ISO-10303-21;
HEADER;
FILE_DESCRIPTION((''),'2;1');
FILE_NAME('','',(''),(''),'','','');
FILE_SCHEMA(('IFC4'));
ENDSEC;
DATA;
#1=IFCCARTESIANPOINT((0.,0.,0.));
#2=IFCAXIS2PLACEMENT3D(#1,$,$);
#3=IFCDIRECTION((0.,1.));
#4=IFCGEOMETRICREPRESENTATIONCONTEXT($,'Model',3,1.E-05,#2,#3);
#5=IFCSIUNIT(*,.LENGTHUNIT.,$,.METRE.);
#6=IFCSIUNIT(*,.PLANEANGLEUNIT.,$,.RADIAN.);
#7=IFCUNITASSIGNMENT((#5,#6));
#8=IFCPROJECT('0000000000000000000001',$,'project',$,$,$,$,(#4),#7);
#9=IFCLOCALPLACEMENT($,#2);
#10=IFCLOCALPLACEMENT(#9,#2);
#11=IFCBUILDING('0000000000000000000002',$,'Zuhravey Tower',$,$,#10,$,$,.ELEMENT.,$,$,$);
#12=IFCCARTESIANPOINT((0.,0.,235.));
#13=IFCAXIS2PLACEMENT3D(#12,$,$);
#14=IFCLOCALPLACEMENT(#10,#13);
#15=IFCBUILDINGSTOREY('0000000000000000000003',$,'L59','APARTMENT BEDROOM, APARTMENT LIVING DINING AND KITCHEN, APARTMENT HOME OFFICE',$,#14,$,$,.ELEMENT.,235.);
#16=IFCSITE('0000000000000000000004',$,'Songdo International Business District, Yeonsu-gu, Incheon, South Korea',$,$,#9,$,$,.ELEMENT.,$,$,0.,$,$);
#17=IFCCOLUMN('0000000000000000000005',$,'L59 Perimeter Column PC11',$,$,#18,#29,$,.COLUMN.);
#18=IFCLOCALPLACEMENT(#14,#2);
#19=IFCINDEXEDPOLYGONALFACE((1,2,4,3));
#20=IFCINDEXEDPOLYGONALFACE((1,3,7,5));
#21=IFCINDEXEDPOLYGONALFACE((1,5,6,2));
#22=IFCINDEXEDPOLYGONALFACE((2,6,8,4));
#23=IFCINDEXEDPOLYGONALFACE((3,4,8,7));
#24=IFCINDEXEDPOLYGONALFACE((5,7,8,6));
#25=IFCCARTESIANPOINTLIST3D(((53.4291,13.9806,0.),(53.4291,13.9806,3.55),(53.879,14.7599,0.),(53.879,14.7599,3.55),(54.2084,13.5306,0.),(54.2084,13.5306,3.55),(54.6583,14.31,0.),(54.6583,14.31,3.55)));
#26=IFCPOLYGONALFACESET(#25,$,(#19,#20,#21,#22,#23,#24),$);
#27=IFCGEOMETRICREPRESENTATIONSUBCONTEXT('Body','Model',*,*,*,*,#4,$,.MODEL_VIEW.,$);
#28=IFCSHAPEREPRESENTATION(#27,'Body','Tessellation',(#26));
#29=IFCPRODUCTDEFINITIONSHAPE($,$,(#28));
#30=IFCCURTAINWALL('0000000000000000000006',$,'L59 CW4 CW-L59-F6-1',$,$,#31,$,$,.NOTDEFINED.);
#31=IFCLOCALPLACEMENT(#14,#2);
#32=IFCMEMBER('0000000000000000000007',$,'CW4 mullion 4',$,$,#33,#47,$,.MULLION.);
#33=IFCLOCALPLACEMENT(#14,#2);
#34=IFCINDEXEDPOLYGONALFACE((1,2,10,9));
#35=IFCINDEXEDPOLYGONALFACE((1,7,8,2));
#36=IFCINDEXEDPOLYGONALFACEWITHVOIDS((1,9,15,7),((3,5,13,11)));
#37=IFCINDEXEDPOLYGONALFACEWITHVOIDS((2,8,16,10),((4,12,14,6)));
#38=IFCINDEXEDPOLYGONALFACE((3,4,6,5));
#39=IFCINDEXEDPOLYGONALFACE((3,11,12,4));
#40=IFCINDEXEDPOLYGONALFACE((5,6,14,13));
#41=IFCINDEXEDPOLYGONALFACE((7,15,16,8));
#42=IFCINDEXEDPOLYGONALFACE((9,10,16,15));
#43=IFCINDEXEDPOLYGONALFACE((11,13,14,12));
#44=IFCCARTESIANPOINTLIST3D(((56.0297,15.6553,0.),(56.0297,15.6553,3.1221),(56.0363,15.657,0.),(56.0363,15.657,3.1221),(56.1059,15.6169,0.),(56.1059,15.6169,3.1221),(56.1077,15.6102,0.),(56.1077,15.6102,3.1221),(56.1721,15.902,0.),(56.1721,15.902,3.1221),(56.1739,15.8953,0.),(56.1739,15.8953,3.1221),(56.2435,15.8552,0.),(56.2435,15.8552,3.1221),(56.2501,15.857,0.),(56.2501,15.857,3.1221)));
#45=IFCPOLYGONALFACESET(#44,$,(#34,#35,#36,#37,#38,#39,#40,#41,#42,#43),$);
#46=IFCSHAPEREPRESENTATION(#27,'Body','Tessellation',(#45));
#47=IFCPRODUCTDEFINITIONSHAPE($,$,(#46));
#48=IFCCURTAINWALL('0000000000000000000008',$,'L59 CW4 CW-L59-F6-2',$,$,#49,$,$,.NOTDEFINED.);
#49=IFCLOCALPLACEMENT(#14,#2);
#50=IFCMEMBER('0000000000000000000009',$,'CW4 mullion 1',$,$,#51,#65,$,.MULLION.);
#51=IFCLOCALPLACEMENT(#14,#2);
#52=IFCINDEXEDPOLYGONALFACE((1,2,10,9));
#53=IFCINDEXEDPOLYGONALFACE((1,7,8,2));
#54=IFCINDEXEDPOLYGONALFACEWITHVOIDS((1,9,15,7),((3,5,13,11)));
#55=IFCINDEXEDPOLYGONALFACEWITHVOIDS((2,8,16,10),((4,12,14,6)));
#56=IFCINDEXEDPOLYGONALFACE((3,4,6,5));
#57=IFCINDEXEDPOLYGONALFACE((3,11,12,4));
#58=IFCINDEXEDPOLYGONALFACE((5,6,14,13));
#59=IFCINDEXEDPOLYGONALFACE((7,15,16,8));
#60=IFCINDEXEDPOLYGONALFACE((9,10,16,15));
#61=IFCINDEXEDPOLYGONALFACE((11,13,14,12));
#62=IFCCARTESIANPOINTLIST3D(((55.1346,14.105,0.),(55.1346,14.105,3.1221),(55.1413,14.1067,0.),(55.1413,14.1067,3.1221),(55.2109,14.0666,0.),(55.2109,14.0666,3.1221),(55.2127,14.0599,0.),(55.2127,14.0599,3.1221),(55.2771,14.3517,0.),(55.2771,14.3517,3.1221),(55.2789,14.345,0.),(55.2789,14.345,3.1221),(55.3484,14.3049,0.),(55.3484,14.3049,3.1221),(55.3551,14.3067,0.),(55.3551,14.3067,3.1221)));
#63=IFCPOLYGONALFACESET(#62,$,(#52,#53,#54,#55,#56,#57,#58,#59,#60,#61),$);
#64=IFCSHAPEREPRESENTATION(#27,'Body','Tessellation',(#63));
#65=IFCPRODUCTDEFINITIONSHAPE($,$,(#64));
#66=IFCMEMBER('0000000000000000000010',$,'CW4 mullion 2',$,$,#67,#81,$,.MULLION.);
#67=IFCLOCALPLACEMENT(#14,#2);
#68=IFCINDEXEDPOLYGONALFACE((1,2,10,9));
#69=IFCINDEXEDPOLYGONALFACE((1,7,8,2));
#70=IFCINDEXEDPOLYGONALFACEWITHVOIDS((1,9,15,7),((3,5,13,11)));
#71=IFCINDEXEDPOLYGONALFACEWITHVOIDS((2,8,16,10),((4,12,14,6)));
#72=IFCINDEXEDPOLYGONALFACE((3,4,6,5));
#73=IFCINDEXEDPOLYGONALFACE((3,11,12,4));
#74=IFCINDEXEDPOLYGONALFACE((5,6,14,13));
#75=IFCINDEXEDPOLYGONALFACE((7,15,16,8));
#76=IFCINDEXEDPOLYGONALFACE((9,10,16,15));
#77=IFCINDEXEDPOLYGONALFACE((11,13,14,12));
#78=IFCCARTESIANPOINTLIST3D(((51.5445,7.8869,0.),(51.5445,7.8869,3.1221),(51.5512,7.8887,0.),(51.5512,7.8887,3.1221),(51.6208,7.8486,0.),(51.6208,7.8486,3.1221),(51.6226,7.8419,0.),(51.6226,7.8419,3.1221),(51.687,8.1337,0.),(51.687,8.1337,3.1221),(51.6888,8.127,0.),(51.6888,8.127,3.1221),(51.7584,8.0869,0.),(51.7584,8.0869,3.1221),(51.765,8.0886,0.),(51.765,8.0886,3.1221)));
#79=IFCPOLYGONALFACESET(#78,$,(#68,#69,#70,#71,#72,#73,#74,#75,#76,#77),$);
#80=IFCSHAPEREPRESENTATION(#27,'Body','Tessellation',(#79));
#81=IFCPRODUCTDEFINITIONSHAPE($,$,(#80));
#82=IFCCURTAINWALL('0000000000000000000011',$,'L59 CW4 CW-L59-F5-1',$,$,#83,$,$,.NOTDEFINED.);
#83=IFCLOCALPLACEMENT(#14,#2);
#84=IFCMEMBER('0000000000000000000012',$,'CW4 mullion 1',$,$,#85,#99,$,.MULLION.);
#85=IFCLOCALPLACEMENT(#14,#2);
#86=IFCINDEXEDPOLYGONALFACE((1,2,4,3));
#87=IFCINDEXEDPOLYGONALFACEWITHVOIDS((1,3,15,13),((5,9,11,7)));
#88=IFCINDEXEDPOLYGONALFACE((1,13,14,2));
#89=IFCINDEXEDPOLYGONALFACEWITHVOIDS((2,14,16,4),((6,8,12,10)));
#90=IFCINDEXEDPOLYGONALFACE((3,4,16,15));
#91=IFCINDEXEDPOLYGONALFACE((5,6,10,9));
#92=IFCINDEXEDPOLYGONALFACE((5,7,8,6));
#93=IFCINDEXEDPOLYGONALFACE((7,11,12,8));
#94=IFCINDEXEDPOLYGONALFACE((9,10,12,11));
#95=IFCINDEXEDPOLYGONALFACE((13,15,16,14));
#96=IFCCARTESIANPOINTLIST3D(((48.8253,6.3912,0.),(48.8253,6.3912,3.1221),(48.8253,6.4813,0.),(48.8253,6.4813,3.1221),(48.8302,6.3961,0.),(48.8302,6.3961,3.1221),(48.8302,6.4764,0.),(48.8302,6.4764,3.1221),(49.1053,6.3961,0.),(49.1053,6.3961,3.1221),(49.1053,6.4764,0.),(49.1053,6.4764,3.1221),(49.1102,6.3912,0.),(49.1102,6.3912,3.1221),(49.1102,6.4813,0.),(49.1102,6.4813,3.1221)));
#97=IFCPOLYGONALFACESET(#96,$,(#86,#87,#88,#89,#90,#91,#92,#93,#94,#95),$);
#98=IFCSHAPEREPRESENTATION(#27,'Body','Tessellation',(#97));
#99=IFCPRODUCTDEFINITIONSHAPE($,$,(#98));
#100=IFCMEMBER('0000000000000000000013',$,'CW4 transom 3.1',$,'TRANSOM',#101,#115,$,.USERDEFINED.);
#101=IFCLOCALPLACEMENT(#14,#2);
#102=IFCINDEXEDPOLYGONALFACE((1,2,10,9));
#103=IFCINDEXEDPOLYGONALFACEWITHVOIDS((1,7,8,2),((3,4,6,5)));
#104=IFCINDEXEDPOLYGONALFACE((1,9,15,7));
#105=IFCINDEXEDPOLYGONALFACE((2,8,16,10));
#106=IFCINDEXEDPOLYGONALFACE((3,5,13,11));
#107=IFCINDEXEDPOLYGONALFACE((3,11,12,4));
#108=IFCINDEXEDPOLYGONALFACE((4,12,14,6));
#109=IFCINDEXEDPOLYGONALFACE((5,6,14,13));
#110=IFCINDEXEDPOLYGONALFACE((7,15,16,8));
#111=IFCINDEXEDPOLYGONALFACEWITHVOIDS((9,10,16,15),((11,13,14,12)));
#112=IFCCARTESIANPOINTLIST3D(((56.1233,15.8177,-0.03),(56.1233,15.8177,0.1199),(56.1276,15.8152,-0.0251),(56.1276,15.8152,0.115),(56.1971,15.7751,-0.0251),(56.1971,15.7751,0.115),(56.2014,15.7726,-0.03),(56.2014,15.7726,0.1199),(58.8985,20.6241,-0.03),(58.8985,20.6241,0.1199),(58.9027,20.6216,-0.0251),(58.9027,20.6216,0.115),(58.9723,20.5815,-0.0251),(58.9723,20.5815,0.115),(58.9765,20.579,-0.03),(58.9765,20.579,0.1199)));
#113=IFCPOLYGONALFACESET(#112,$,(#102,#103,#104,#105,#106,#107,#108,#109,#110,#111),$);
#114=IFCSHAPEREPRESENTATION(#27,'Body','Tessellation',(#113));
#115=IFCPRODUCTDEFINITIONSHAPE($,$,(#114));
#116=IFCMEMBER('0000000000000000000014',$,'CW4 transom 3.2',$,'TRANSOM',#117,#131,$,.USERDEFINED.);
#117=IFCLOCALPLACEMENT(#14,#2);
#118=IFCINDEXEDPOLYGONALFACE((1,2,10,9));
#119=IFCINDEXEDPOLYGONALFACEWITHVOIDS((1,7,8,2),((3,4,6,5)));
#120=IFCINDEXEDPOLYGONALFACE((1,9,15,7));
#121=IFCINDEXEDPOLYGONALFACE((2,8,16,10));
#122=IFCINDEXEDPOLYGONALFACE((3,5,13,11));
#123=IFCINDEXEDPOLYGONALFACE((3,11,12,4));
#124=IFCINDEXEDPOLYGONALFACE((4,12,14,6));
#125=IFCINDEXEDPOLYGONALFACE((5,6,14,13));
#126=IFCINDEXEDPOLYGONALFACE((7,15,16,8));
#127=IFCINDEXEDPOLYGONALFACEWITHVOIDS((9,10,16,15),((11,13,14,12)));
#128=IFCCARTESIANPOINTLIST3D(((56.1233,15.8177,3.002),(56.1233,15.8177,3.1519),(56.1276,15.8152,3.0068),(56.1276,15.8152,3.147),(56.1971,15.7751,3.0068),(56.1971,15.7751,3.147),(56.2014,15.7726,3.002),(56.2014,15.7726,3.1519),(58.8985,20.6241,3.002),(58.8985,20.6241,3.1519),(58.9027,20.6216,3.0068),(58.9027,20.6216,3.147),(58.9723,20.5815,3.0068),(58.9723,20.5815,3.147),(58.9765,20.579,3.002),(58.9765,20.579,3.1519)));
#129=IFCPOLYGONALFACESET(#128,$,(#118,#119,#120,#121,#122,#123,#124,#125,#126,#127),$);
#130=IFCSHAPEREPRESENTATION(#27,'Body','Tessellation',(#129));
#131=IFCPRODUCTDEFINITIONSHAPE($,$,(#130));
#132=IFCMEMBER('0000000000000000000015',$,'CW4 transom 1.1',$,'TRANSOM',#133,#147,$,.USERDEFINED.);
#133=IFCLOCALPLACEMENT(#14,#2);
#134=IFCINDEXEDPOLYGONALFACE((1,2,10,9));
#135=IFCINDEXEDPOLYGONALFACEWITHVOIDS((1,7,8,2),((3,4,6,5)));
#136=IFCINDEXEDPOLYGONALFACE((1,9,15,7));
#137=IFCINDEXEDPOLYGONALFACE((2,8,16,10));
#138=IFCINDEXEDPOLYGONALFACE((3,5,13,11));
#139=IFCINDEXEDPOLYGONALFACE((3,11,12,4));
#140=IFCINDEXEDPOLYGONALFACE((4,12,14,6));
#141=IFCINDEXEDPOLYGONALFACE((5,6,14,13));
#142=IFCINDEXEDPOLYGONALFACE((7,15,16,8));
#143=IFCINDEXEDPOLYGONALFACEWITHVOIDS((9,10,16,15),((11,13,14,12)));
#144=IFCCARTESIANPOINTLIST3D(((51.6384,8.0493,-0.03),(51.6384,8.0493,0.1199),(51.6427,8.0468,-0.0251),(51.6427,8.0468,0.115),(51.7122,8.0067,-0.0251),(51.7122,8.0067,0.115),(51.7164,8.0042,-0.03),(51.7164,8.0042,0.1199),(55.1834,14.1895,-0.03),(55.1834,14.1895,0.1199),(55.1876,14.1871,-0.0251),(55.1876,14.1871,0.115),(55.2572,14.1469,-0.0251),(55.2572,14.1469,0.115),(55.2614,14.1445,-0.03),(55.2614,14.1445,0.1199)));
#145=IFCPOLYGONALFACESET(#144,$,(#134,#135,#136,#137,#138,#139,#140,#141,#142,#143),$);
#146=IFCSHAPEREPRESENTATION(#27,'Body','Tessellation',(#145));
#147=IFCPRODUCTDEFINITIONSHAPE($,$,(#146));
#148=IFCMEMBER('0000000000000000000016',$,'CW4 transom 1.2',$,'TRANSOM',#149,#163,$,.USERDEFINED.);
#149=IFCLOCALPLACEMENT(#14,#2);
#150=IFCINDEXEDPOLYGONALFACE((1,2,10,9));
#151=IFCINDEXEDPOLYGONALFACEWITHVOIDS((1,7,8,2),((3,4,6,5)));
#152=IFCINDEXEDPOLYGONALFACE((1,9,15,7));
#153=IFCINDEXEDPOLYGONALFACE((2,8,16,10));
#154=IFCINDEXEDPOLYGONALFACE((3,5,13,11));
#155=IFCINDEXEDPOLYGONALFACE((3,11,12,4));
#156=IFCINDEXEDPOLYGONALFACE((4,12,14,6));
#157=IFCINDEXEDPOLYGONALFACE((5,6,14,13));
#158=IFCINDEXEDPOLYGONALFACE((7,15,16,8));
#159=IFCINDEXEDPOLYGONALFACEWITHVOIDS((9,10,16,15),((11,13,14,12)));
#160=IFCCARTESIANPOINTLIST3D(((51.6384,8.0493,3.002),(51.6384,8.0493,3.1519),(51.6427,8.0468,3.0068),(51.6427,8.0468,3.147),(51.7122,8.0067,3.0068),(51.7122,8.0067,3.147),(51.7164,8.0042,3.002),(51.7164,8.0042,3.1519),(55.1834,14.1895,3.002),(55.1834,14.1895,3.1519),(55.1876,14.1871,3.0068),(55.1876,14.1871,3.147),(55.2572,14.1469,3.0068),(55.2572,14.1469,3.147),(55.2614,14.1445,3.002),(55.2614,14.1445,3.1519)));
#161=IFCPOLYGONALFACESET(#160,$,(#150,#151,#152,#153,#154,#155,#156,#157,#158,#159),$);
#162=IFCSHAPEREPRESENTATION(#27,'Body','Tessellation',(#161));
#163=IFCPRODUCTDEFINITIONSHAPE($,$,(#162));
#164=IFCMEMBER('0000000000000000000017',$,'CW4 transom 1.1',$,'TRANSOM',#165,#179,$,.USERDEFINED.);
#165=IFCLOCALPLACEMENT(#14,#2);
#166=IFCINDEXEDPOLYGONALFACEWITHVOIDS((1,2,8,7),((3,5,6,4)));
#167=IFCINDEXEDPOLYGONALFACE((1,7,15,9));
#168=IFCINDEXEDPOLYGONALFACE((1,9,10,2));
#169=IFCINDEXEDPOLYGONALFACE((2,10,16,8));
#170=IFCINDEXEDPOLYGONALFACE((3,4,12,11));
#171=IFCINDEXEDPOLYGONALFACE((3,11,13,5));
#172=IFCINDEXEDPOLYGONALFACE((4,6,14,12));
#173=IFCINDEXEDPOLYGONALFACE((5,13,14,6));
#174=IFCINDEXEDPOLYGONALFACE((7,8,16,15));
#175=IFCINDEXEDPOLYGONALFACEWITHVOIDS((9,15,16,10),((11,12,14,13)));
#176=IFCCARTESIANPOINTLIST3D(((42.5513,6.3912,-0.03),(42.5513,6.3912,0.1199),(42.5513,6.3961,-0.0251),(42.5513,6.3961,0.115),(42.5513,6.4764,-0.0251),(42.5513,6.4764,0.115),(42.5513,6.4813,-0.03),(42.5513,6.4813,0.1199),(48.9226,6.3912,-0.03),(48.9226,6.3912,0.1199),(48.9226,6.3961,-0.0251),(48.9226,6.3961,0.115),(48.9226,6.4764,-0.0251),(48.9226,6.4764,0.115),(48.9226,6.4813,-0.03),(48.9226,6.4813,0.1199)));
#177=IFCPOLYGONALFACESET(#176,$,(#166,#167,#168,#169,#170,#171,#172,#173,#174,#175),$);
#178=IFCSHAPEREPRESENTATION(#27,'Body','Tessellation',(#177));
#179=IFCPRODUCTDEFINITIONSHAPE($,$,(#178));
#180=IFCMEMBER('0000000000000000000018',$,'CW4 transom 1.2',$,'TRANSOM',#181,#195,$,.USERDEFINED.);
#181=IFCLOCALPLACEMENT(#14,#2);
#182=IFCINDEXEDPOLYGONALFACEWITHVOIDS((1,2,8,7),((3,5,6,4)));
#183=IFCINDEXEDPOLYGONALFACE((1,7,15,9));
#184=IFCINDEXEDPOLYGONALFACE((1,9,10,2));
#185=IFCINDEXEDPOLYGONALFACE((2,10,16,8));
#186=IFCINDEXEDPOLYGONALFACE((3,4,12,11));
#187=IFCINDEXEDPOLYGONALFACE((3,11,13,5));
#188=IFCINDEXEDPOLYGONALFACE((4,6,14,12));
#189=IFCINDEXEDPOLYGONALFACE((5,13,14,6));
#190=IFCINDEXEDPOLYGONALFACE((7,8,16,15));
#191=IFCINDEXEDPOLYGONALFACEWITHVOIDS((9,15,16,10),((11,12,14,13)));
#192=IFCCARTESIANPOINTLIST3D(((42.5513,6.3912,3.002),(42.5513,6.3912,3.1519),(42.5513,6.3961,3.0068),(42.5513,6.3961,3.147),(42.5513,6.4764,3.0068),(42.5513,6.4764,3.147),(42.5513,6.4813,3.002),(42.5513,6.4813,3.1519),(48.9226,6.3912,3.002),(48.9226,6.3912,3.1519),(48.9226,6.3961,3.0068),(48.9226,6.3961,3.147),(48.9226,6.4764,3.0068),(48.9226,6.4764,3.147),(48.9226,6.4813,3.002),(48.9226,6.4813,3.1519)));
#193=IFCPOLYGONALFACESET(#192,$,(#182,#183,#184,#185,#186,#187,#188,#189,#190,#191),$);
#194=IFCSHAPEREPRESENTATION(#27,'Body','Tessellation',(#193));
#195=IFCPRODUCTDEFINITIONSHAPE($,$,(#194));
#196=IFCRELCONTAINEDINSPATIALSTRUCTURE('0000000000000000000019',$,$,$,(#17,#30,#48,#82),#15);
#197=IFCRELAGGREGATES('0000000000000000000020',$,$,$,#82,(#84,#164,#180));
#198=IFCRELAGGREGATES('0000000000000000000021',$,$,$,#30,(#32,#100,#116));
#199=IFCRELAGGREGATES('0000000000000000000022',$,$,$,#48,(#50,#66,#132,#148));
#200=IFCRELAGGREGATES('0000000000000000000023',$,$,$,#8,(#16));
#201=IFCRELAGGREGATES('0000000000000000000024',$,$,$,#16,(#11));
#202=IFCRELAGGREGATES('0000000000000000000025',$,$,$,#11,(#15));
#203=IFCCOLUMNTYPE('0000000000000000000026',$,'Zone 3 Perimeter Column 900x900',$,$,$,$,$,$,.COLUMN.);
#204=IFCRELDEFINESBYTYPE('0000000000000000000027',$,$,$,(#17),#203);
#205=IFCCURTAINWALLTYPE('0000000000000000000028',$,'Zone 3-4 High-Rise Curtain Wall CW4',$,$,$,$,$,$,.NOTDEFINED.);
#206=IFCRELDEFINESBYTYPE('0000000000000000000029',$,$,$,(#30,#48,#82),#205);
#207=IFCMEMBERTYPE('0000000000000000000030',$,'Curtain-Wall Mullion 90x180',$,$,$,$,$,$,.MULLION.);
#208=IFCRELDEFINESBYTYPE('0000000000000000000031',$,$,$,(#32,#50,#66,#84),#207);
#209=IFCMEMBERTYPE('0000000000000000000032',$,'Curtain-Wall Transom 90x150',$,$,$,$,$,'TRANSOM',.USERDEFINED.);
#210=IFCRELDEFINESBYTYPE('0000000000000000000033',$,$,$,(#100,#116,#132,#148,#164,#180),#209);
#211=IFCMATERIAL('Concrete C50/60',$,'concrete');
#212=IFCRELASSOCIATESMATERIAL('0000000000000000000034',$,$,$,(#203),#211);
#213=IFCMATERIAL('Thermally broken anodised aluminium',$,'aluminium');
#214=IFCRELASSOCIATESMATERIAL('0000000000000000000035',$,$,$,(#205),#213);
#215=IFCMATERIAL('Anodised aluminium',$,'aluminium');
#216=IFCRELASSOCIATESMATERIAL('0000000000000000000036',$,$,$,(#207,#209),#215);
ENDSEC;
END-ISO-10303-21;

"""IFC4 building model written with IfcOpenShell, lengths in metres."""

from ifc_helpers import new_model, si_unit, direction, frame, origin, origin_2d, place, context, subcontext, project, spatial, rectangle, hollow_rectangle, extrude, material, material_profile, profile_set, type_object, element, aggregate, save


model = new_model("IFC4")

# Units and contexts
model_context = context("Model", 3, precision=1e-05, world=origin(), true_north=direction((0.0, 1.0)))
body_context = subcontext(model_context, "Body", "Model", "MODEL_VIEW")
ifc_project = project(units=[si_unit("LENGTHUNIT", "METRE"), si_unit("PLANEANGLEUNIT", "RADIAN")], contexts=[model_context])

# Site, building, storey
site_placement = place(None, origin())
site = spatial("IfcSite", under=ifc_project, at=site_placement, Name="Songdo International Business District, Yeonsu-gu, Incheon, South Korea", CompositionType="ELEMENT", RefElevation=0.0)
building_placement = place(site_placement, origin())
building = spatial("IfcBuilding", under=site, at=building_placement, Name="Zuhravey Tower", CompositionType="ELEMENT")
storey_placement = place(building_placement, frame((0.0, 0.0, 235.0)))
storey = spatial("IfcBuildingStorey", under=building, at=storey_placement, Name="L59", Description="APARTMENT BEDROOM, APARTMENT LIVING DINING AND KITCHEN, APARTMENT HOME OFFICE", CompositionType="ELEMENT", Elevation=235.0)

# Column
ifc_material_1 = material(Name="Concrete C50/60", Category="concrete")
ifc_material_profile_1 = material_profile(ifc_material_1, rectangle(XDim=0.8999, YDim=0.8999, at=origin_2d()), Name="RC-900x900")
ifc_profile_set_1 = profile_set([ifc_material_profile_1], Name="Concrete C50/60")
column_type = type_object("IfcColumnType", Name="Zone 3 Perimeter Column 900x900", PredefinedType="COLUMN", material=ifc_profile_set_1)
column_placement = place(storey_placement, frame((54.0437, 14.1453, 0.0), z_axis=(0.0, 0.0, 1.0), x_axis=(0.5, 0.866025, 0.0)))
element("IfcColumn", 1, at=column_placement, inside=storey, type_object=column_type, Name="L59 Perimeter Column PC11", PredefinedType="COLUMN", context=body_context, shape_type="SweptSolid", body=[
    extrude(rectangle(XDim=0.8999, YDim=0.8999, at=origin_2d()), origin(), (0.0, 0.0, 1.0), 3.55),
])

# Curtain wall, member
ifc_material_2 = material(Name="Thermally broken anodised aluminium", Category="aluminium")
curtain_wall_type = type_object("IfcCurtainWallType", Name="Zone 3-4 High-Rise Curtain Wall CW4", PredefinedType="NOTDEFINED", material=ifc_material_2)
curtain_wall_1_placement = place(storey_placement, origin())
curtain_wall_1 = element("IfcCurtainWall", 2, at=curtain_wall_1_placement, inside=storey, type_object=curtain_wall_type, Name="L59 CW4 CW-L59-F6-1", PredefinedType="NOTDEFINED")
ifc_material_3 = material(Name="Anodised aluminium", Category="aluminium")
ifc_material_profile_2 = material_profile(ifc_material_3, hollow_rectangle(XDim=0.0901, YDim=0.2849, WallThickness=0.0049, at=origin_2d()), Name="ALU-RHS-90x285x5")
ifc_profile_set_2 = profile_set([ifc_material_profile_2], Name="Anodised aluminium")
member_type_1 = type_object("IfcMemberType", Name="Curtain-Wall Mullion 90x180", PredefinedType="MULLION", material=ifc_profile_set_2)
member_1_placement = place(storey_placement, frame((56.1399, 15.7561, 0.0), z_axis=(0.0, 0.0, 1.0), x_axis=(0.866024, -0.500003, 0.0)))
member_1 = element("IfcMember", 3, at=member_1_placement, type_object=member_type_1, Name="CW4 mullion 4", PredefinedType="MULLION", context=body_context, shape_type="SweptSolid", body=[
    extrude(hollow_rectangle(XDim=0.0901, YDim=0.2849, WallThickness=0.0049, at=origin_2d()), origin(), (0.0, 0.0, 1.0), 3.1221),
])

# Curtain wall, members
curtain_wall_2_placement = place(storey_placement, origin())
curtain_wall_2 = element("IfcCurtainWall", 4, at=curtain_wall_2_placement, inside=storey, type_object=curtain_wall_type, Name="L59 CW4 CW-L59-F6-2", PredefinedType="NOTDEFINED")
member_2_placement = place(storey_placement, frame((55.2449, 14.2058, 0.0), z_axis=(0.0, 0.0, 1.0), x_axis=(0.866025, -0.5, 0.0)))
member_2 = element("IfcMember", 5, at=member_2_placement, type_object=member_type_1, Name="CW4 mullion 1", PredefinedType="MULLION", context=body_context, shape_type="SweptSolid", body=[
    extrude(hollow_rectangle(XDim=0.0901, YDim=0.2849, WallThickness=0.0049, at=origin_2d()), origin(), (0.0, 0.0, 1.0), 3.1221),
])
member_3_placement = place(storey_placement, frame((51.6548, 7.9878, 0.0), z_axis=(0.0, 0.0, 1.0), x_axis=(0.866025, -0.5, 0.0)))
member_3 = element("IfcMember", 6, at=member_3_placement, type_object=member_type_1, Name="CW4 mullion 2", PredefinedType="MULLION", context=body_context, shape_type="SweptSolid", body=[
    extrude(hollow_rectangle(XDim=0.0901, YDim=0.2849, WallThickness=0.0049, at=origin_2d()), origin(), (0.0, 0.0, 1.0), 3.1221),
])

# Curtain wall, member
curtain_wall_3_placement = place(storey_placement, origin())
curtain_wall_3 = element("IfcCurtainWall", 7, at=curtain_wall_3_placement, inside=storey, type_object=curtain_wall_type, Name="L59 CW4 CW-L59-F5-1", PredefinedType="NOTDEFINED")
member_4_placement = place(storey_placement, frame((48.9678, 6.4363, 0.0), z_axis=(0.0, 0.0, 1.0), x_axis=(0.0, -1.0, 0.0)))
member_4 = element("IfcMember", 8, at=member_4_placement, type_object=member_type_1, Name="CW4 mullion 1", PredefinedType="MULLION", context=body_context, shape_type="SweptSolid", body=[
    extrude(hollow_rectangle(XDim=0.0901, YDim=0.2849, WallThickness=0.0049, at=origin_2d()), origin(), (0.0, 0.0, 1.0), 3.1221),
])

# Members
ifc_material_profile_3 = material_profile(ifc_material_3, hollow_rectangle(XDim=0.0901, YDim=0.1499, WallThickness=0.0049, at=origin_2d()), Name="ALU-RHS-90x150x5")
ifc_profile_set_3 = profile_set([ifc_material_profile_3], Name="Anodised aluminium")
member_type_2 = type_object("IfcMemberType", Name="Curtain-Wall Transom 90x150", ElementType="TRANSOM", PredefinedType="USERDEFINED", material=ifc_profile_set_3)
member_5_placement = place(storey_placement, frame((58.9375, 20.6016, 0.0449), z_axis=(-0.500023, -0.866012, 0.0), x_axis=(0.866012, -0.500023, 0.0)))
member_5 = element("IfcMember", 9, at=member_5_placement, type_object=member_type_2, Name="CW4 transom 3.1", ObjectType="TRANSOM", PredefinedType="USERDEFINED", context=body_context, shape_type="SweptSolid", body=[
    extrude(hollow_rectangle(XDim=0.0901, YDim=0.1499, WallThickness=0.0049, at=origin_2d()), origin(), (0.0, 0.0, 1.0), 5.55),
])
member_6_placement = place(storey_placement, frame((58.9375, 20.6016, 3.0769), z_axis=(-0.500023, -0.866012, 0.0), x_axis=(0.866012, -0.500023, 0.0)))
member_6 = element("IfcMember", 10, at=member_6_placement, type_object=member_type_2, Name="CW4 transom 3.2", ObjectType="TRANSOM", PredefinedType="USERDEFINED", context=body_context, shape_type="SweptSolid", body=[
    extrude(hollow_rectangle(XDim=0.0901, YDim=0.1499, WallThickness=0.0049, at=origin_2d()), origin(), (0.0, 0.0, 1.0), 5.55),
])
member_7_placement = place(storey_placement, frame((55.2224, 14.167, 0.0449), z_axis=(-0.499991, -0.866031, 0.0), x_axis=(0.866031, -0.499991, 0.0)))
member_7 = element("IfcMember", 11, at=member_7_placement, type_object=member_type_2, Name="CW4 transom 1.1", ObjectType="TRANSOM", PredefinedType="USERDEFINED", context=body_context, shape_type="SweptSolid", body=[
    extrude(hollow_rectangle(XDim=0.0901, YDim=0.1499, WallThickness=0.0049, at=origin_2d()), origin(), (0.0, 0.0, 1.0), 7.0901),
])
member_8_placement = place(storey_placement, frame((55.2224, 14.167, 3.0769), z_axis=(-0.499991, -0.866031, 0.0), x_axis=(0.866031, -0.499991, 0.0)))
member_8 = element("IfcMember", 12, at=member_8_placement, type_object=member_type_2, Name="CW4 transom 1.2", ObjectType="TRANSOM", PredefinedType="USERDEFINED", context=body_context, shape_type="SweptSolid", body=[
    extrude(hollow_rectangle(XDim=0.0901, YDim=0.1499, WallThickness=0.0049, at=origin_2d()), origin(), (0.0, 0.0, 1.0), 7.0901),
])
member_9_placement = place(storey_placement, frame((48.9226, 6.4363, 0.0449), z_axis=(-1.0, 0.0, 0.0), x_axis=(0.0, -1.0, 0.0)))
member_9 = element("IfcMember", 13, at=member_9_placement, type_object=member_type_2, Name="CW4 transom 1.1", ObjectType="TRANSOM", PredefinedType="USERDEFINED", context=body_context, shape_type="SweptSolid", body=[
    extrude(hollow_rectangle(XDim=0.0901, YDim=0.1499, WallThickness=0.0049, at=origin_2d()), origin(), (0.0, 0.0, 1.0), 6.3713),
])
member_10_placement = place(storey_placement, frame((48.9226, 6.4363, 3.0769), z_axis=(-1.0, 0.0, 0.0), x_axis=(0.0, -1.0, 0.0)))
member_10 = element("IfcMember", 14, at=member_10_placement, type_object=member_type_2, Name="CW4 transom 1.2", ObjectType="TRANSOM", PredefinedType="USERDEFINED", context=body_context, shape_type="SweptSolid", body=[
    extrude(hollow_rectangle(XDim=0.0901, YDim=0.1499, WallThickness=0.0049, at=origin_2d()), origin(), (0.0, 0.0, 1.0), 6.3713),
])
aggregate(curtain_wall_3, [member_4, member_9, member_10])

aggregate(curtain_wall_1, [member_1, member_5, member_6])
aggregate(curtain_wall_2, [member_2, member_3, member_7, member_8])

save(model, "model.ifc")
